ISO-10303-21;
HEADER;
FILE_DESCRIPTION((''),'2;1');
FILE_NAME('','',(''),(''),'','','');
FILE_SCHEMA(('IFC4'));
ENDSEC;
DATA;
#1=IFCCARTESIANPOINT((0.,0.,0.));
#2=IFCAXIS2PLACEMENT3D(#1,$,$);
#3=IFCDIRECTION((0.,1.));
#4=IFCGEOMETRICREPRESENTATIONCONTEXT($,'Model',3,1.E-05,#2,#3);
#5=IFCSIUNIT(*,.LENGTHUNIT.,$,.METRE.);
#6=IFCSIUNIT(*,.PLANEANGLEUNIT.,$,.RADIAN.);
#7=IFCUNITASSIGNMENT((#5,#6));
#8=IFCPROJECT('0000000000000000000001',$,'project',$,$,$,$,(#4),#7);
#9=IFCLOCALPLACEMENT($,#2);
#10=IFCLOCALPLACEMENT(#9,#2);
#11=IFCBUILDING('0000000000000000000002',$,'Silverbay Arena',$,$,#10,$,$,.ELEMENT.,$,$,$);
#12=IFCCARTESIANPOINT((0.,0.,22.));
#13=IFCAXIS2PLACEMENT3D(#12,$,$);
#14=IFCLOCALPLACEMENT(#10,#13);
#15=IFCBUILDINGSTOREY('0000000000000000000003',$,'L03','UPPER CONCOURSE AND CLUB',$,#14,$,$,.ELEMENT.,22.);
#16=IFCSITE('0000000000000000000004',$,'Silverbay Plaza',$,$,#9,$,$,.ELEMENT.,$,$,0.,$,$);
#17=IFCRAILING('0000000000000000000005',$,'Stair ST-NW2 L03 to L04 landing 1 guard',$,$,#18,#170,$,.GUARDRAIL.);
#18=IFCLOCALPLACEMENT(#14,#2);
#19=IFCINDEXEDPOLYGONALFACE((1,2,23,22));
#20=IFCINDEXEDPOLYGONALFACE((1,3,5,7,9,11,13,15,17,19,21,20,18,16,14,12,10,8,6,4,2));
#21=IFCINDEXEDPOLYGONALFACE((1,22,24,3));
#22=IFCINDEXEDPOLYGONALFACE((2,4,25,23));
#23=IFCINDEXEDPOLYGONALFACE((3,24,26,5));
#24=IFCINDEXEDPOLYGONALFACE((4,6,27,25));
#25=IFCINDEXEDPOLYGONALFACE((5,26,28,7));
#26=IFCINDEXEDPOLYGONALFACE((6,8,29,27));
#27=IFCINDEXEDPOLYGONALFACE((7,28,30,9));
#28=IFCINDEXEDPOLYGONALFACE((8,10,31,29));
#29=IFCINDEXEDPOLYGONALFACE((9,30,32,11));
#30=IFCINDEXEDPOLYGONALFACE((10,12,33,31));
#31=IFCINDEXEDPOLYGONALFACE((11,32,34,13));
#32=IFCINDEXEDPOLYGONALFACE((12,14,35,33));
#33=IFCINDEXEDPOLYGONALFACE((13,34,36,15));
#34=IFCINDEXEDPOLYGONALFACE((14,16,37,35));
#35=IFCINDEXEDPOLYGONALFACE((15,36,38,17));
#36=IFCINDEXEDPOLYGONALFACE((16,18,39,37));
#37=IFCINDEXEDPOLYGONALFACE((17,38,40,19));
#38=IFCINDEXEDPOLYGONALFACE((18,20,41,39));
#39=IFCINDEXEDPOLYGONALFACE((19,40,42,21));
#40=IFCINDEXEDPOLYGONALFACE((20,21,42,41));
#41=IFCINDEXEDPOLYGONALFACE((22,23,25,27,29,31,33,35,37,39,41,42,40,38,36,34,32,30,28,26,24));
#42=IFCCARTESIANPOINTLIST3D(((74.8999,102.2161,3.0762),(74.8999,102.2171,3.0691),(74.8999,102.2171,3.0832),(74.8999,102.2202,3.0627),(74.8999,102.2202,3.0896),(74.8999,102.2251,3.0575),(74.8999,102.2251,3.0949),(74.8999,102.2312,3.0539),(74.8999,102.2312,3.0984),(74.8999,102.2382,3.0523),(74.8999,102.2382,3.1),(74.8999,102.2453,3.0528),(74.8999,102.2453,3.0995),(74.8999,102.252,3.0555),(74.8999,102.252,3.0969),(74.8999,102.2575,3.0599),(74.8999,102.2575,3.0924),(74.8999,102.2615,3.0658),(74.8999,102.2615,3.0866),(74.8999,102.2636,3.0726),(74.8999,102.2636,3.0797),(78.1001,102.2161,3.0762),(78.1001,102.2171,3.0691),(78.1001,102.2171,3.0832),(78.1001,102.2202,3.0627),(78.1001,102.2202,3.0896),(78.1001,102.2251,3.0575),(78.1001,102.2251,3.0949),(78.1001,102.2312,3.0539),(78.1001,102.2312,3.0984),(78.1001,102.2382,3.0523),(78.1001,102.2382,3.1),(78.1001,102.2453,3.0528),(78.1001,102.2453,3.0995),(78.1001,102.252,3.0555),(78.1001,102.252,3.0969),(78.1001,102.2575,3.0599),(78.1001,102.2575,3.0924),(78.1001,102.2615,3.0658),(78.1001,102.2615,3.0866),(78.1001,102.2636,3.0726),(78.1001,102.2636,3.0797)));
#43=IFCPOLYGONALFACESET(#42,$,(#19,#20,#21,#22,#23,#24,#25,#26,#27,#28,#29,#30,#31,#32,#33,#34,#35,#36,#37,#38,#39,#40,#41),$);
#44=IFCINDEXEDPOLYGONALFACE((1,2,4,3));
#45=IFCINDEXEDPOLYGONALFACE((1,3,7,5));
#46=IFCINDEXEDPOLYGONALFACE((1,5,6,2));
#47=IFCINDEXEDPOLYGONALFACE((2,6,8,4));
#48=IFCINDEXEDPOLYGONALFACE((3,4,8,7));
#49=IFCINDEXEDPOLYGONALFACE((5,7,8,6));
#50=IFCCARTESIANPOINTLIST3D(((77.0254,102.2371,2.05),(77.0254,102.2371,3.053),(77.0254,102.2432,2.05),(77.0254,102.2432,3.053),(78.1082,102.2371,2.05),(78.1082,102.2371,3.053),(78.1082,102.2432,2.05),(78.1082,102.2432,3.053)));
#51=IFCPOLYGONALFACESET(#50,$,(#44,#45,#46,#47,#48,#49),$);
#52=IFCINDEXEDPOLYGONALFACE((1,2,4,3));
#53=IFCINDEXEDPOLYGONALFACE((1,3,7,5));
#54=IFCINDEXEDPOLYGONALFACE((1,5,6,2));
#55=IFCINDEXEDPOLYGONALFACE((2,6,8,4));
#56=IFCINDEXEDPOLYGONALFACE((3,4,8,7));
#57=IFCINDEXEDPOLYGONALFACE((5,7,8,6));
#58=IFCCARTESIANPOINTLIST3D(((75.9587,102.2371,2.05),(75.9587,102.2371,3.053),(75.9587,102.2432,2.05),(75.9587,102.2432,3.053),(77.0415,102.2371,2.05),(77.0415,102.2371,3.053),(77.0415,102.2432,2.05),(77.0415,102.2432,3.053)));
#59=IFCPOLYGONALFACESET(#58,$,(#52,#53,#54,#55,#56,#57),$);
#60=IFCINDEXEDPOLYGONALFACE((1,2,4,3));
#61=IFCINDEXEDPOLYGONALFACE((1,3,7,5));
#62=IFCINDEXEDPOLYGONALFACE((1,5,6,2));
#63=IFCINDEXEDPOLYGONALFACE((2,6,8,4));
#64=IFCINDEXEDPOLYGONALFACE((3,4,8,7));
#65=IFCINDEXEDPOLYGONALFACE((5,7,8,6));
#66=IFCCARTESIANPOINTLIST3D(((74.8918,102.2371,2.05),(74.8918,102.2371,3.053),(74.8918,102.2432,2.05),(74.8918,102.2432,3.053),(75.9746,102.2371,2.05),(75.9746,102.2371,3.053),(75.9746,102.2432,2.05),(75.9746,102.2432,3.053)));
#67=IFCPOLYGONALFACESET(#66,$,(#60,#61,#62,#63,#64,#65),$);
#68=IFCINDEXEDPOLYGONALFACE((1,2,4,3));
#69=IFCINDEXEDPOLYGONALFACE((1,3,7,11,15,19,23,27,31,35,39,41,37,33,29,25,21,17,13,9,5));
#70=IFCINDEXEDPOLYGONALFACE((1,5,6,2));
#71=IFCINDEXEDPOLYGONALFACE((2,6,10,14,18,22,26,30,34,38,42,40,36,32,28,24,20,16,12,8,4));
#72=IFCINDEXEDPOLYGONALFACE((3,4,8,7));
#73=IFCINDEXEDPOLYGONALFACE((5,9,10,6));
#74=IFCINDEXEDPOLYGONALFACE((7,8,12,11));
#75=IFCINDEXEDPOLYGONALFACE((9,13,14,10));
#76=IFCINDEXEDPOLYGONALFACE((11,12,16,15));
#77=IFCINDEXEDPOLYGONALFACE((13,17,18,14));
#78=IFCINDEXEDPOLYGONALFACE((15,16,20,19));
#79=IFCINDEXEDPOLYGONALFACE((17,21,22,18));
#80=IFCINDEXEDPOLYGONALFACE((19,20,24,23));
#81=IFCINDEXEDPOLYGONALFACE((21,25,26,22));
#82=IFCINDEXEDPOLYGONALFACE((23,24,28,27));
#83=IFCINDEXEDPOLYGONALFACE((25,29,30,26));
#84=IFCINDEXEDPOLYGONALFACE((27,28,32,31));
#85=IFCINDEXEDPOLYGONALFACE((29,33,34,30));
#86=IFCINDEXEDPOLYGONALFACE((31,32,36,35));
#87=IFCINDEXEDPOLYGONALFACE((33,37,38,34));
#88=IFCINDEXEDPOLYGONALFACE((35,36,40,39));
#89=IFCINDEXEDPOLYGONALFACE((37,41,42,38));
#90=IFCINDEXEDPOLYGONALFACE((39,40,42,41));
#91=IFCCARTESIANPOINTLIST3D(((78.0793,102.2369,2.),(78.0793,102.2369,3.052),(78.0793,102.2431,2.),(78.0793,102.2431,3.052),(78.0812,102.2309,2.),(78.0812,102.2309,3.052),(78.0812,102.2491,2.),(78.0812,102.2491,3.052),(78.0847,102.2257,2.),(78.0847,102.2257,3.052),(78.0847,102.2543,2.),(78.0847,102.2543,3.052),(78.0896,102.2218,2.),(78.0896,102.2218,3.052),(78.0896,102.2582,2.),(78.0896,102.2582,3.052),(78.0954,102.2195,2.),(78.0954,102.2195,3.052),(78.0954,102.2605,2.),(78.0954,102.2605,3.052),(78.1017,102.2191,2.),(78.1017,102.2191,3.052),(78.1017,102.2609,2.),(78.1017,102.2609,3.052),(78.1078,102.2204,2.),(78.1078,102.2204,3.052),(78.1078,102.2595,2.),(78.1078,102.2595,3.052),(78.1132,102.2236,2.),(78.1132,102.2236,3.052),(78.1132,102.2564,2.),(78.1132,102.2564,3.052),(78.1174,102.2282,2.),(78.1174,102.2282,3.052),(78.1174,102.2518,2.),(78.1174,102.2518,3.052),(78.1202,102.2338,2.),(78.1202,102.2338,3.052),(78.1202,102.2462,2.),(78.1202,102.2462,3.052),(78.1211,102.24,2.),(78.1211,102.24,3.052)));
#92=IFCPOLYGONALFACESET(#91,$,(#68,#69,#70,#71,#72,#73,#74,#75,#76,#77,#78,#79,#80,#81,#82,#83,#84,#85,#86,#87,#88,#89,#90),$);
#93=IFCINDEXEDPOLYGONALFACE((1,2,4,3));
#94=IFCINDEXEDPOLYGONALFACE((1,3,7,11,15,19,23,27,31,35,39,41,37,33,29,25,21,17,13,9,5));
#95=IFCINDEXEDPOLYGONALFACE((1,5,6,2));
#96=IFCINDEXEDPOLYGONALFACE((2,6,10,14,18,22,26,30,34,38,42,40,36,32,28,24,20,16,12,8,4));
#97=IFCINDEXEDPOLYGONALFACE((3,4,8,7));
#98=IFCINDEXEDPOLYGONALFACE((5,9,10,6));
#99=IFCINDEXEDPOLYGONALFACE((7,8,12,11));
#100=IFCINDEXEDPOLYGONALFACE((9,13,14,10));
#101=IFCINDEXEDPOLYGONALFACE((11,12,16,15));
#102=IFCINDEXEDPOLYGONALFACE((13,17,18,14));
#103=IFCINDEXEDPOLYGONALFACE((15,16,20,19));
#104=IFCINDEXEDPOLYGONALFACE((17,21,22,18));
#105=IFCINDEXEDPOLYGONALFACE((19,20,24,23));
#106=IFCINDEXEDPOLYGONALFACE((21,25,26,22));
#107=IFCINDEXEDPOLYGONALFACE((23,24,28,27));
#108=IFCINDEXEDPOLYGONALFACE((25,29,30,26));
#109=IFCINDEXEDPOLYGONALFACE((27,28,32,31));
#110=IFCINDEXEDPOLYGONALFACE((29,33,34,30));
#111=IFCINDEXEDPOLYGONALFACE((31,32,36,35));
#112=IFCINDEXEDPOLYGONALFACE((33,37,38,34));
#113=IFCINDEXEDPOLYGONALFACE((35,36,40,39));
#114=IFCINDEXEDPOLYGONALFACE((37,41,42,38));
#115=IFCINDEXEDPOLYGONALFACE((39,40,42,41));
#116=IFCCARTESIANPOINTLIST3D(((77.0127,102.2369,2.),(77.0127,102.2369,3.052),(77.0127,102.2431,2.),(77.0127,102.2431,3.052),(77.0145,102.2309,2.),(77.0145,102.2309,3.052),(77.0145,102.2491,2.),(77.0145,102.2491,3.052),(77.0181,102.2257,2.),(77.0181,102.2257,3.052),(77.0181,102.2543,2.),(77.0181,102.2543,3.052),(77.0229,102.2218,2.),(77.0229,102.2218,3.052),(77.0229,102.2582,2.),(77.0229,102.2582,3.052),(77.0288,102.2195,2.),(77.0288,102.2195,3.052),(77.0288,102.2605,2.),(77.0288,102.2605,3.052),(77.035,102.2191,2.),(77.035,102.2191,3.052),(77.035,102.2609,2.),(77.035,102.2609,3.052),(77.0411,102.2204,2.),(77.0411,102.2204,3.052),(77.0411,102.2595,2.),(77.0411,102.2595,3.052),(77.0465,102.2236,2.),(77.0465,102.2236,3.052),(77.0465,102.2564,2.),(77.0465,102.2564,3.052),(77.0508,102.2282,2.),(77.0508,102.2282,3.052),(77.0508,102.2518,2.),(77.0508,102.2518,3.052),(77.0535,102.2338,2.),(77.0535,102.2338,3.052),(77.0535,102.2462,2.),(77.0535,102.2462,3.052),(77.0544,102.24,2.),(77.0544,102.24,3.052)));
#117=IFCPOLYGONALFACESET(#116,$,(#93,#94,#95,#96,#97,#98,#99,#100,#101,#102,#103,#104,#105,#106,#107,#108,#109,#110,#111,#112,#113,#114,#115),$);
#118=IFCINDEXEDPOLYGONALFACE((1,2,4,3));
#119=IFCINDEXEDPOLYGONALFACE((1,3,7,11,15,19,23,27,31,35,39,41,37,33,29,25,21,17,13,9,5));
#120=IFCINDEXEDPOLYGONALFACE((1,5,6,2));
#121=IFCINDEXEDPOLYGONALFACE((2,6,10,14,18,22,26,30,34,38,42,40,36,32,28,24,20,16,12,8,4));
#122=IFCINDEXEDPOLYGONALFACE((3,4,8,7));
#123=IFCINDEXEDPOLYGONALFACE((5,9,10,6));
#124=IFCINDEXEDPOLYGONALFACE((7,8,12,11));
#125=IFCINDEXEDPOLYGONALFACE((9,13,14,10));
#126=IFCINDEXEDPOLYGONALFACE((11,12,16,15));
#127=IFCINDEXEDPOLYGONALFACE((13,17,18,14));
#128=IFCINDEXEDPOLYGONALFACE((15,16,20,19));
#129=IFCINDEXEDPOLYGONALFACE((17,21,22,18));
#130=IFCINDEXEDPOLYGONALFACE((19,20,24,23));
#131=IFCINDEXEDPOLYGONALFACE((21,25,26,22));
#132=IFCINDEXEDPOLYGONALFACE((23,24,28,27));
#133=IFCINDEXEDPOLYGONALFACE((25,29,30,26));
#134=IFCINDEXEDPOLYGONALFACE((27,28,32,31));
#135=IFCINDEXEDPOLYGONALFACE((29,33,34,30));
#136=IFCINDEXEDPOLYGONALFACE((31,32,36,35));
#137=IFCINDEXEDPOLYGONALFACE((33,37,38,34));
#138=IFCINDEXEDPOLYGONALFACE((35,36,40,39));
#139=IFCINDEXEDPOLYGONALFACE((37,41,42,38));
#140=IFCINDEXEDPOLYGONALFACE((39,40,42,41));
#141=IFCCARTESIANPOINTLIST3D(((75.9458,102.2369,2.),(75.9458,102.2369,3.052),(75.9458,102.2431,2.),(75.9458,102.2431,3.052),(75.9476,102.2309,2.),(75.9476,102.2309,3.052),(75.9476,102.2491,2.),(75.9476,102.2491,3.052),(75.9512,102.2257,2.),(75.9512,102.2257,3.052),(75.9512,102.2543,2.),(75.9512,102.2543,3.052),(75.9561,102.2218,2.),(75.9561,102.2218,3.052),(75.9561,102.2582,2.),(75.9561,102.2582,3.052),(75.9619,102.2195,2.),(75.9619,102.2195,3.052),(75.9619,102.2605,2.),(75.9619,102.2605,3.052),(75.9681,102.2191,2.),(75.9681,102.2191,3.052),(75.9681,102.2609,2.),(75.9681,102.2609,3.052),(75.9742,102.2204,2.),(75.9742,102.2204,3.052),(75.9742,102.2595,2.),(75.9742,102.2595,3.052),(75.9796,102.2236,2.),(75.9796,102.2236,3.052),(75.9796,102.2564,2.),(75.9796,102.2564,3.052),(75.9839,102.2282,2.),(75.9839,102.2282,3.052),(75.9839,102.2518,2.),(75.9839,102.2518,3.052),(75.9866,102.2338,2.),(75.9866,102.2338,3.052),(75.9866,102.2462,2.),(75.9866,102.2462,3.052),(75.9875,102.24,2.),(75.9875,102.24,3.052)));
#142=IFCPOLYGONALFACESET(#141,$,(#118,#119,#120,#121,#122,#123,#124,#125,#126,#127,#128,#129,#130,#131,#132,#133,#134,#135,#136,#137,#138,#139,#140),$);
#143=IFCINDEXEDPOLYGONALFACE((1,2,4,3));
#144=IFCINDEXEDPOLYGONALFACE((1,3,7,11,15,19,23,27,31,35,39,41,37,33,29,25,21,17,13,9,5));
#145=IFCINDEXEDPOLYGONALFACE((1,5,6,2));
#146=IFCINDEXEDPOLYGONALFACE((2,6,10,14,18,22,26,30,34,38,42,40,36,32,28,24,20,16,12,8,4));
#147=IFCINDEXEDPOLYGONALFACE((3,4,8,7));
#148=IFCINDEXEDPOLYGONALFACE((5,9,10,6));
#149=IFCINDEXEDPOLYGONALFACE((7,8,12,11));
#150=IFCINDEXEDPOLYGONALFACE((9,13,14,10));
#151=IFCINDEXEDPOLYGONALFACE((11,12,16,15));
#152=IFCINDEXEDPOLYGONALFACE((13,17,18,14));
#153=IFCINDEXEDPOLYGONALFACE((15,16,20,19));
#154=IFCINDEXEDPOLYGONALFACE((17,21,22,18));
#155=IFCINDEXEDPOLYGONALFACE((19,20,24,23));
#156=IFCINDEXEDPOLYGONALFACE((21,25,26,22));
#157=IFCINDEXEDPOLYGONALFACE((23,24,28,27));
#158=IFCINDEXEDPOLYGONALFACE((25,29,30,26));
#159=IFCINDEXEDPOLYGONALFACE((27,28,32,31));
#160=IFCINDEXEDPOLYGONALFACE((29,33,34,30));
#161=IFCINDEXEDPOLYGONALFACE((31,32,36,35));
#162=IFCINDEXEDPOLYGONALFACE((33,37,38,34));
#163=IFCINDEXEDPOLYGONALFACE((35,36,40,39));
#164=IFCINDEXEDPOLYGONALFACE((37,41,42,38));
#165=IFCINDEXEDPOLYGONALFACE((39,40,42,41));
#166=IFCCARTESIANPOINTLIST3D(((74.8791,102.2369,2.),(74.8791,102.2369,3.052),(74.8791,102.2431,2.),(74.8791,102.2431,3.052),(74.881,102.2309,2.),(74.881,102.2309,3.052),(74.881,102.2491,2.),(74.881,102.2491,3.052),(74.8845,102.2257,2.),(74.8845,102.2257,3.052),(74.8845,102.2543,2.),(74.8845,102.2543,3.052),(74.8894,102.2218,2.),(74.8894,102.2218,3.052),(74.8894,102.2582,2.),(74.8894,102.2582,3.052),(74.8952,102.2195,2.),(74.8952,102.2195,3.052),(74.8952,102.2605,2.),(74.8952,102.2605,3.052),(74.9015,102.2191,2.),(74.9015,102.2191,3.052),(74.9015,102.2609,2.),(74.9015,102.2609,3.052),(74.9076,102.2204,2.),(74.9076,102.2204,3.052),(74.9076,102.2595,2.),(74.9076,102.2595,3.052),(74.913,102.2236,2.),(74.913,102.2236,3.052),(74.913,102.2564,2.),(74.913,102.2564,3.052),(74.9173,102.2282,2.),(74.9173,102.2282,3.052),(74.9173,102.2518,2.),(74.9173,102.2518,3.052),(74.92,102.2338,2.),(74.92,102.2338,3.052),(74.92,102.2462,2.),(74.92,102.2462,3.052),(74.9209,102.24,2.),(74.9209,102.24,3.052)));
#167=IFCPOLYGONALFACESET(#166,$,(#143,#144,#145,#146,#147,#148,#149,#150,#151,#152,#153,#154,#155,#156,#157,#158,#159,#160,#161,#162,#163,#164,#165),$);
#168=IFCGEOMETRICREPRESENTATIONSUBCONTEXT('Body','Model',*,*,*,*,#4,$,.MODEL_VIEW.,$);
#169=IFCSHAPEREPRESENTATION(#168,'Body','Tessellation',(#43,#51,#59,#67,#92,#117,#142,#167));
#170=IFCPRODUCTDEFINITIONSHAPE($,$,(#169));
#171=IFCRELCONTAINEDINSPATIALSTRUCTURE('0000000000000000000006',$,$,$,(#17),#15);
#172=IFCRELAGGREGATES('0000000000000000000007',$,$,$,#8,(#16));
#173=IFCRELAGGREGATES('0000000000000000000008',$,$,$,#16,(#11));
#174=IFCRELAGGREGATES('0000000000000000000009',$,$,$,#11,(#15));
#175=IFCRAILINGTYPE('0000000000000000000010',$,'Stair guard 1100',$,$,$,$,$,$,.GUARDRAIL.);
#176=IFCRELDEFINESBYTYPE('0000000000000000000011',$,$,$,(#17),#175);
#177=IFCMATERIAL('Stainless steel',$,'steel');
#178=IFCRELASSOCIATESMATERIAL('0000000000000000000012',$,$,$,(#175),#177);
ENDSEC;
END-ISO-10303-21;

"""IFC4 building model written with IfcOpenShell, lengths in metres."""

from ifc_helpers import new_model, si_unit, direction, frame, origin, origin_2d, place, context, subcontext, project, spatial, polyline, circle, outline, extrude, material, type_object, element, save


model = new_model("IFC4")

# Units and contexts
model_context = context("Model", 3, precision=1e-05, world=origin(), true_north=direction((0.0, 1.0)))
body_context = subcontext(model_context, "Body", "Model", "MODEL_VIEW")
ifc_project = project(units=[si_unit("LENGTHUNIT", "METRE"), si_unit("PLANEANGLEUNIT", "RADIAN")], contexts=[model_context])

# Site, building, storey
site_placement = place(None, origin())
site = spatial("IfcSite", under=ifc_project, at=site_placement, Name="Silverbay Plaza", CompositionType="ELEMENT", RefElevation=0.0)
building_placement = place(site_placement, origin())
building = spatial("IfcBuilding", under=site, at=building_placement, Name="Silverbay Arena", CompositionType="ELEMENT")
storey_placement = place(building_placement, frame((0.0, 0.0, 22.0)))
storey = spatial("IfcBuildingStorey", under=building, at=storey_placement, Name="L03", Description="UPPER CONCOURSE AND CLUB", CompositionType="ELEMENT", Elevation=22.0)

# Railing
ifc_material_1 = material(Name="Stainless steel", Category="steel")
railing_type_1 = type_object("IfcRailingType", Name="Stair guard 1100", PredefinedType="GUARDRAIL", material=ifc_material_1)
for number, where, name in (
    (1, (78.1001, 102.24, 2.0), "Stair ST-NW2 L03 to L04 landing 1 guard"),
):
    element("IfcRailing", number, at=place(storey_placement, frame(where)), inside=storey, type_object=railing_type_1, Name=name, PredefinedType="GUARDRAIL", context=body_context, shape_type="SweptSolid", body=[
        extrude(circle(Radius=0.0239, at=origin_2d()), frame((0.0, 0.0, 1.0762), z_axis=(-1.0, 0.0, 0.0), x_axis=(0.0, -1.0, 0.0)), (0.0, 0.0, 1.0), 3.2002),
        extrude(outline(polyline([(-0.0081, 0.05), (1.0747, 0.05), (1.0747, 1.053), (-0.0081, 1.053), (-0.0081, 0.05)])), frame((0.0, -0.0029, 0.0), z_axis=(0.0, 1.0, 0.0), x_axis=(-1.0, 0.0, 0.0)), (0.0, 0.0, 1.0), 0.0061),
        extrude(outline(polyline([(-0.0081, 0.05), (1.0747, 0.05), (1.0747, 1.053), (-0.0081, 1.053), (-0.0081, 0.05)])), frame((-1.0667, -0.0029, 0.0), z_axis=(0.0, 1.0, 0.0), x_axis=(-1.0, 0.0, 0.0)), (0.0, 0.0, 1.0), 0.0061),
        extrude(outline(polyline([(-0.0081, 0.05), (1.0747, 0.05), (1.0747, 1.053), (-0.0081, 1.053), (-0.0081, 0.05)])), frame((-2.1335, -0.0029, 0.0), z_axis=(0.0, 1.0, 0.0), x_axis=(-1.0, 0.0, 0.0)), (0.0, 0.0, 1.0), 0.0061),
        extrude(circle(Radius=0.021, at=origin_2d()), origin(), (0.0, 0.0, 1.0), 1.052),
        extrude(circle(Radius=0.021, at=origin_2d()), frame((-1.0667, 0.0, 0.0)), (0.0, 0.0, 1.0), 1.052),
        extrude(circle(Radius=0.021, at=origin_2d()), frame((-2.1335, 0.0, 0.0)), (0.0, 0.0, 1.0), 1.052),
        extrude(circle(Radius=0.021, at=origin_2d()), frame((-3.2002, 0.0, 0.0)), (0.0, 0.0, 1.0), 1.052),
    ])

save(model, "model.ifc")
